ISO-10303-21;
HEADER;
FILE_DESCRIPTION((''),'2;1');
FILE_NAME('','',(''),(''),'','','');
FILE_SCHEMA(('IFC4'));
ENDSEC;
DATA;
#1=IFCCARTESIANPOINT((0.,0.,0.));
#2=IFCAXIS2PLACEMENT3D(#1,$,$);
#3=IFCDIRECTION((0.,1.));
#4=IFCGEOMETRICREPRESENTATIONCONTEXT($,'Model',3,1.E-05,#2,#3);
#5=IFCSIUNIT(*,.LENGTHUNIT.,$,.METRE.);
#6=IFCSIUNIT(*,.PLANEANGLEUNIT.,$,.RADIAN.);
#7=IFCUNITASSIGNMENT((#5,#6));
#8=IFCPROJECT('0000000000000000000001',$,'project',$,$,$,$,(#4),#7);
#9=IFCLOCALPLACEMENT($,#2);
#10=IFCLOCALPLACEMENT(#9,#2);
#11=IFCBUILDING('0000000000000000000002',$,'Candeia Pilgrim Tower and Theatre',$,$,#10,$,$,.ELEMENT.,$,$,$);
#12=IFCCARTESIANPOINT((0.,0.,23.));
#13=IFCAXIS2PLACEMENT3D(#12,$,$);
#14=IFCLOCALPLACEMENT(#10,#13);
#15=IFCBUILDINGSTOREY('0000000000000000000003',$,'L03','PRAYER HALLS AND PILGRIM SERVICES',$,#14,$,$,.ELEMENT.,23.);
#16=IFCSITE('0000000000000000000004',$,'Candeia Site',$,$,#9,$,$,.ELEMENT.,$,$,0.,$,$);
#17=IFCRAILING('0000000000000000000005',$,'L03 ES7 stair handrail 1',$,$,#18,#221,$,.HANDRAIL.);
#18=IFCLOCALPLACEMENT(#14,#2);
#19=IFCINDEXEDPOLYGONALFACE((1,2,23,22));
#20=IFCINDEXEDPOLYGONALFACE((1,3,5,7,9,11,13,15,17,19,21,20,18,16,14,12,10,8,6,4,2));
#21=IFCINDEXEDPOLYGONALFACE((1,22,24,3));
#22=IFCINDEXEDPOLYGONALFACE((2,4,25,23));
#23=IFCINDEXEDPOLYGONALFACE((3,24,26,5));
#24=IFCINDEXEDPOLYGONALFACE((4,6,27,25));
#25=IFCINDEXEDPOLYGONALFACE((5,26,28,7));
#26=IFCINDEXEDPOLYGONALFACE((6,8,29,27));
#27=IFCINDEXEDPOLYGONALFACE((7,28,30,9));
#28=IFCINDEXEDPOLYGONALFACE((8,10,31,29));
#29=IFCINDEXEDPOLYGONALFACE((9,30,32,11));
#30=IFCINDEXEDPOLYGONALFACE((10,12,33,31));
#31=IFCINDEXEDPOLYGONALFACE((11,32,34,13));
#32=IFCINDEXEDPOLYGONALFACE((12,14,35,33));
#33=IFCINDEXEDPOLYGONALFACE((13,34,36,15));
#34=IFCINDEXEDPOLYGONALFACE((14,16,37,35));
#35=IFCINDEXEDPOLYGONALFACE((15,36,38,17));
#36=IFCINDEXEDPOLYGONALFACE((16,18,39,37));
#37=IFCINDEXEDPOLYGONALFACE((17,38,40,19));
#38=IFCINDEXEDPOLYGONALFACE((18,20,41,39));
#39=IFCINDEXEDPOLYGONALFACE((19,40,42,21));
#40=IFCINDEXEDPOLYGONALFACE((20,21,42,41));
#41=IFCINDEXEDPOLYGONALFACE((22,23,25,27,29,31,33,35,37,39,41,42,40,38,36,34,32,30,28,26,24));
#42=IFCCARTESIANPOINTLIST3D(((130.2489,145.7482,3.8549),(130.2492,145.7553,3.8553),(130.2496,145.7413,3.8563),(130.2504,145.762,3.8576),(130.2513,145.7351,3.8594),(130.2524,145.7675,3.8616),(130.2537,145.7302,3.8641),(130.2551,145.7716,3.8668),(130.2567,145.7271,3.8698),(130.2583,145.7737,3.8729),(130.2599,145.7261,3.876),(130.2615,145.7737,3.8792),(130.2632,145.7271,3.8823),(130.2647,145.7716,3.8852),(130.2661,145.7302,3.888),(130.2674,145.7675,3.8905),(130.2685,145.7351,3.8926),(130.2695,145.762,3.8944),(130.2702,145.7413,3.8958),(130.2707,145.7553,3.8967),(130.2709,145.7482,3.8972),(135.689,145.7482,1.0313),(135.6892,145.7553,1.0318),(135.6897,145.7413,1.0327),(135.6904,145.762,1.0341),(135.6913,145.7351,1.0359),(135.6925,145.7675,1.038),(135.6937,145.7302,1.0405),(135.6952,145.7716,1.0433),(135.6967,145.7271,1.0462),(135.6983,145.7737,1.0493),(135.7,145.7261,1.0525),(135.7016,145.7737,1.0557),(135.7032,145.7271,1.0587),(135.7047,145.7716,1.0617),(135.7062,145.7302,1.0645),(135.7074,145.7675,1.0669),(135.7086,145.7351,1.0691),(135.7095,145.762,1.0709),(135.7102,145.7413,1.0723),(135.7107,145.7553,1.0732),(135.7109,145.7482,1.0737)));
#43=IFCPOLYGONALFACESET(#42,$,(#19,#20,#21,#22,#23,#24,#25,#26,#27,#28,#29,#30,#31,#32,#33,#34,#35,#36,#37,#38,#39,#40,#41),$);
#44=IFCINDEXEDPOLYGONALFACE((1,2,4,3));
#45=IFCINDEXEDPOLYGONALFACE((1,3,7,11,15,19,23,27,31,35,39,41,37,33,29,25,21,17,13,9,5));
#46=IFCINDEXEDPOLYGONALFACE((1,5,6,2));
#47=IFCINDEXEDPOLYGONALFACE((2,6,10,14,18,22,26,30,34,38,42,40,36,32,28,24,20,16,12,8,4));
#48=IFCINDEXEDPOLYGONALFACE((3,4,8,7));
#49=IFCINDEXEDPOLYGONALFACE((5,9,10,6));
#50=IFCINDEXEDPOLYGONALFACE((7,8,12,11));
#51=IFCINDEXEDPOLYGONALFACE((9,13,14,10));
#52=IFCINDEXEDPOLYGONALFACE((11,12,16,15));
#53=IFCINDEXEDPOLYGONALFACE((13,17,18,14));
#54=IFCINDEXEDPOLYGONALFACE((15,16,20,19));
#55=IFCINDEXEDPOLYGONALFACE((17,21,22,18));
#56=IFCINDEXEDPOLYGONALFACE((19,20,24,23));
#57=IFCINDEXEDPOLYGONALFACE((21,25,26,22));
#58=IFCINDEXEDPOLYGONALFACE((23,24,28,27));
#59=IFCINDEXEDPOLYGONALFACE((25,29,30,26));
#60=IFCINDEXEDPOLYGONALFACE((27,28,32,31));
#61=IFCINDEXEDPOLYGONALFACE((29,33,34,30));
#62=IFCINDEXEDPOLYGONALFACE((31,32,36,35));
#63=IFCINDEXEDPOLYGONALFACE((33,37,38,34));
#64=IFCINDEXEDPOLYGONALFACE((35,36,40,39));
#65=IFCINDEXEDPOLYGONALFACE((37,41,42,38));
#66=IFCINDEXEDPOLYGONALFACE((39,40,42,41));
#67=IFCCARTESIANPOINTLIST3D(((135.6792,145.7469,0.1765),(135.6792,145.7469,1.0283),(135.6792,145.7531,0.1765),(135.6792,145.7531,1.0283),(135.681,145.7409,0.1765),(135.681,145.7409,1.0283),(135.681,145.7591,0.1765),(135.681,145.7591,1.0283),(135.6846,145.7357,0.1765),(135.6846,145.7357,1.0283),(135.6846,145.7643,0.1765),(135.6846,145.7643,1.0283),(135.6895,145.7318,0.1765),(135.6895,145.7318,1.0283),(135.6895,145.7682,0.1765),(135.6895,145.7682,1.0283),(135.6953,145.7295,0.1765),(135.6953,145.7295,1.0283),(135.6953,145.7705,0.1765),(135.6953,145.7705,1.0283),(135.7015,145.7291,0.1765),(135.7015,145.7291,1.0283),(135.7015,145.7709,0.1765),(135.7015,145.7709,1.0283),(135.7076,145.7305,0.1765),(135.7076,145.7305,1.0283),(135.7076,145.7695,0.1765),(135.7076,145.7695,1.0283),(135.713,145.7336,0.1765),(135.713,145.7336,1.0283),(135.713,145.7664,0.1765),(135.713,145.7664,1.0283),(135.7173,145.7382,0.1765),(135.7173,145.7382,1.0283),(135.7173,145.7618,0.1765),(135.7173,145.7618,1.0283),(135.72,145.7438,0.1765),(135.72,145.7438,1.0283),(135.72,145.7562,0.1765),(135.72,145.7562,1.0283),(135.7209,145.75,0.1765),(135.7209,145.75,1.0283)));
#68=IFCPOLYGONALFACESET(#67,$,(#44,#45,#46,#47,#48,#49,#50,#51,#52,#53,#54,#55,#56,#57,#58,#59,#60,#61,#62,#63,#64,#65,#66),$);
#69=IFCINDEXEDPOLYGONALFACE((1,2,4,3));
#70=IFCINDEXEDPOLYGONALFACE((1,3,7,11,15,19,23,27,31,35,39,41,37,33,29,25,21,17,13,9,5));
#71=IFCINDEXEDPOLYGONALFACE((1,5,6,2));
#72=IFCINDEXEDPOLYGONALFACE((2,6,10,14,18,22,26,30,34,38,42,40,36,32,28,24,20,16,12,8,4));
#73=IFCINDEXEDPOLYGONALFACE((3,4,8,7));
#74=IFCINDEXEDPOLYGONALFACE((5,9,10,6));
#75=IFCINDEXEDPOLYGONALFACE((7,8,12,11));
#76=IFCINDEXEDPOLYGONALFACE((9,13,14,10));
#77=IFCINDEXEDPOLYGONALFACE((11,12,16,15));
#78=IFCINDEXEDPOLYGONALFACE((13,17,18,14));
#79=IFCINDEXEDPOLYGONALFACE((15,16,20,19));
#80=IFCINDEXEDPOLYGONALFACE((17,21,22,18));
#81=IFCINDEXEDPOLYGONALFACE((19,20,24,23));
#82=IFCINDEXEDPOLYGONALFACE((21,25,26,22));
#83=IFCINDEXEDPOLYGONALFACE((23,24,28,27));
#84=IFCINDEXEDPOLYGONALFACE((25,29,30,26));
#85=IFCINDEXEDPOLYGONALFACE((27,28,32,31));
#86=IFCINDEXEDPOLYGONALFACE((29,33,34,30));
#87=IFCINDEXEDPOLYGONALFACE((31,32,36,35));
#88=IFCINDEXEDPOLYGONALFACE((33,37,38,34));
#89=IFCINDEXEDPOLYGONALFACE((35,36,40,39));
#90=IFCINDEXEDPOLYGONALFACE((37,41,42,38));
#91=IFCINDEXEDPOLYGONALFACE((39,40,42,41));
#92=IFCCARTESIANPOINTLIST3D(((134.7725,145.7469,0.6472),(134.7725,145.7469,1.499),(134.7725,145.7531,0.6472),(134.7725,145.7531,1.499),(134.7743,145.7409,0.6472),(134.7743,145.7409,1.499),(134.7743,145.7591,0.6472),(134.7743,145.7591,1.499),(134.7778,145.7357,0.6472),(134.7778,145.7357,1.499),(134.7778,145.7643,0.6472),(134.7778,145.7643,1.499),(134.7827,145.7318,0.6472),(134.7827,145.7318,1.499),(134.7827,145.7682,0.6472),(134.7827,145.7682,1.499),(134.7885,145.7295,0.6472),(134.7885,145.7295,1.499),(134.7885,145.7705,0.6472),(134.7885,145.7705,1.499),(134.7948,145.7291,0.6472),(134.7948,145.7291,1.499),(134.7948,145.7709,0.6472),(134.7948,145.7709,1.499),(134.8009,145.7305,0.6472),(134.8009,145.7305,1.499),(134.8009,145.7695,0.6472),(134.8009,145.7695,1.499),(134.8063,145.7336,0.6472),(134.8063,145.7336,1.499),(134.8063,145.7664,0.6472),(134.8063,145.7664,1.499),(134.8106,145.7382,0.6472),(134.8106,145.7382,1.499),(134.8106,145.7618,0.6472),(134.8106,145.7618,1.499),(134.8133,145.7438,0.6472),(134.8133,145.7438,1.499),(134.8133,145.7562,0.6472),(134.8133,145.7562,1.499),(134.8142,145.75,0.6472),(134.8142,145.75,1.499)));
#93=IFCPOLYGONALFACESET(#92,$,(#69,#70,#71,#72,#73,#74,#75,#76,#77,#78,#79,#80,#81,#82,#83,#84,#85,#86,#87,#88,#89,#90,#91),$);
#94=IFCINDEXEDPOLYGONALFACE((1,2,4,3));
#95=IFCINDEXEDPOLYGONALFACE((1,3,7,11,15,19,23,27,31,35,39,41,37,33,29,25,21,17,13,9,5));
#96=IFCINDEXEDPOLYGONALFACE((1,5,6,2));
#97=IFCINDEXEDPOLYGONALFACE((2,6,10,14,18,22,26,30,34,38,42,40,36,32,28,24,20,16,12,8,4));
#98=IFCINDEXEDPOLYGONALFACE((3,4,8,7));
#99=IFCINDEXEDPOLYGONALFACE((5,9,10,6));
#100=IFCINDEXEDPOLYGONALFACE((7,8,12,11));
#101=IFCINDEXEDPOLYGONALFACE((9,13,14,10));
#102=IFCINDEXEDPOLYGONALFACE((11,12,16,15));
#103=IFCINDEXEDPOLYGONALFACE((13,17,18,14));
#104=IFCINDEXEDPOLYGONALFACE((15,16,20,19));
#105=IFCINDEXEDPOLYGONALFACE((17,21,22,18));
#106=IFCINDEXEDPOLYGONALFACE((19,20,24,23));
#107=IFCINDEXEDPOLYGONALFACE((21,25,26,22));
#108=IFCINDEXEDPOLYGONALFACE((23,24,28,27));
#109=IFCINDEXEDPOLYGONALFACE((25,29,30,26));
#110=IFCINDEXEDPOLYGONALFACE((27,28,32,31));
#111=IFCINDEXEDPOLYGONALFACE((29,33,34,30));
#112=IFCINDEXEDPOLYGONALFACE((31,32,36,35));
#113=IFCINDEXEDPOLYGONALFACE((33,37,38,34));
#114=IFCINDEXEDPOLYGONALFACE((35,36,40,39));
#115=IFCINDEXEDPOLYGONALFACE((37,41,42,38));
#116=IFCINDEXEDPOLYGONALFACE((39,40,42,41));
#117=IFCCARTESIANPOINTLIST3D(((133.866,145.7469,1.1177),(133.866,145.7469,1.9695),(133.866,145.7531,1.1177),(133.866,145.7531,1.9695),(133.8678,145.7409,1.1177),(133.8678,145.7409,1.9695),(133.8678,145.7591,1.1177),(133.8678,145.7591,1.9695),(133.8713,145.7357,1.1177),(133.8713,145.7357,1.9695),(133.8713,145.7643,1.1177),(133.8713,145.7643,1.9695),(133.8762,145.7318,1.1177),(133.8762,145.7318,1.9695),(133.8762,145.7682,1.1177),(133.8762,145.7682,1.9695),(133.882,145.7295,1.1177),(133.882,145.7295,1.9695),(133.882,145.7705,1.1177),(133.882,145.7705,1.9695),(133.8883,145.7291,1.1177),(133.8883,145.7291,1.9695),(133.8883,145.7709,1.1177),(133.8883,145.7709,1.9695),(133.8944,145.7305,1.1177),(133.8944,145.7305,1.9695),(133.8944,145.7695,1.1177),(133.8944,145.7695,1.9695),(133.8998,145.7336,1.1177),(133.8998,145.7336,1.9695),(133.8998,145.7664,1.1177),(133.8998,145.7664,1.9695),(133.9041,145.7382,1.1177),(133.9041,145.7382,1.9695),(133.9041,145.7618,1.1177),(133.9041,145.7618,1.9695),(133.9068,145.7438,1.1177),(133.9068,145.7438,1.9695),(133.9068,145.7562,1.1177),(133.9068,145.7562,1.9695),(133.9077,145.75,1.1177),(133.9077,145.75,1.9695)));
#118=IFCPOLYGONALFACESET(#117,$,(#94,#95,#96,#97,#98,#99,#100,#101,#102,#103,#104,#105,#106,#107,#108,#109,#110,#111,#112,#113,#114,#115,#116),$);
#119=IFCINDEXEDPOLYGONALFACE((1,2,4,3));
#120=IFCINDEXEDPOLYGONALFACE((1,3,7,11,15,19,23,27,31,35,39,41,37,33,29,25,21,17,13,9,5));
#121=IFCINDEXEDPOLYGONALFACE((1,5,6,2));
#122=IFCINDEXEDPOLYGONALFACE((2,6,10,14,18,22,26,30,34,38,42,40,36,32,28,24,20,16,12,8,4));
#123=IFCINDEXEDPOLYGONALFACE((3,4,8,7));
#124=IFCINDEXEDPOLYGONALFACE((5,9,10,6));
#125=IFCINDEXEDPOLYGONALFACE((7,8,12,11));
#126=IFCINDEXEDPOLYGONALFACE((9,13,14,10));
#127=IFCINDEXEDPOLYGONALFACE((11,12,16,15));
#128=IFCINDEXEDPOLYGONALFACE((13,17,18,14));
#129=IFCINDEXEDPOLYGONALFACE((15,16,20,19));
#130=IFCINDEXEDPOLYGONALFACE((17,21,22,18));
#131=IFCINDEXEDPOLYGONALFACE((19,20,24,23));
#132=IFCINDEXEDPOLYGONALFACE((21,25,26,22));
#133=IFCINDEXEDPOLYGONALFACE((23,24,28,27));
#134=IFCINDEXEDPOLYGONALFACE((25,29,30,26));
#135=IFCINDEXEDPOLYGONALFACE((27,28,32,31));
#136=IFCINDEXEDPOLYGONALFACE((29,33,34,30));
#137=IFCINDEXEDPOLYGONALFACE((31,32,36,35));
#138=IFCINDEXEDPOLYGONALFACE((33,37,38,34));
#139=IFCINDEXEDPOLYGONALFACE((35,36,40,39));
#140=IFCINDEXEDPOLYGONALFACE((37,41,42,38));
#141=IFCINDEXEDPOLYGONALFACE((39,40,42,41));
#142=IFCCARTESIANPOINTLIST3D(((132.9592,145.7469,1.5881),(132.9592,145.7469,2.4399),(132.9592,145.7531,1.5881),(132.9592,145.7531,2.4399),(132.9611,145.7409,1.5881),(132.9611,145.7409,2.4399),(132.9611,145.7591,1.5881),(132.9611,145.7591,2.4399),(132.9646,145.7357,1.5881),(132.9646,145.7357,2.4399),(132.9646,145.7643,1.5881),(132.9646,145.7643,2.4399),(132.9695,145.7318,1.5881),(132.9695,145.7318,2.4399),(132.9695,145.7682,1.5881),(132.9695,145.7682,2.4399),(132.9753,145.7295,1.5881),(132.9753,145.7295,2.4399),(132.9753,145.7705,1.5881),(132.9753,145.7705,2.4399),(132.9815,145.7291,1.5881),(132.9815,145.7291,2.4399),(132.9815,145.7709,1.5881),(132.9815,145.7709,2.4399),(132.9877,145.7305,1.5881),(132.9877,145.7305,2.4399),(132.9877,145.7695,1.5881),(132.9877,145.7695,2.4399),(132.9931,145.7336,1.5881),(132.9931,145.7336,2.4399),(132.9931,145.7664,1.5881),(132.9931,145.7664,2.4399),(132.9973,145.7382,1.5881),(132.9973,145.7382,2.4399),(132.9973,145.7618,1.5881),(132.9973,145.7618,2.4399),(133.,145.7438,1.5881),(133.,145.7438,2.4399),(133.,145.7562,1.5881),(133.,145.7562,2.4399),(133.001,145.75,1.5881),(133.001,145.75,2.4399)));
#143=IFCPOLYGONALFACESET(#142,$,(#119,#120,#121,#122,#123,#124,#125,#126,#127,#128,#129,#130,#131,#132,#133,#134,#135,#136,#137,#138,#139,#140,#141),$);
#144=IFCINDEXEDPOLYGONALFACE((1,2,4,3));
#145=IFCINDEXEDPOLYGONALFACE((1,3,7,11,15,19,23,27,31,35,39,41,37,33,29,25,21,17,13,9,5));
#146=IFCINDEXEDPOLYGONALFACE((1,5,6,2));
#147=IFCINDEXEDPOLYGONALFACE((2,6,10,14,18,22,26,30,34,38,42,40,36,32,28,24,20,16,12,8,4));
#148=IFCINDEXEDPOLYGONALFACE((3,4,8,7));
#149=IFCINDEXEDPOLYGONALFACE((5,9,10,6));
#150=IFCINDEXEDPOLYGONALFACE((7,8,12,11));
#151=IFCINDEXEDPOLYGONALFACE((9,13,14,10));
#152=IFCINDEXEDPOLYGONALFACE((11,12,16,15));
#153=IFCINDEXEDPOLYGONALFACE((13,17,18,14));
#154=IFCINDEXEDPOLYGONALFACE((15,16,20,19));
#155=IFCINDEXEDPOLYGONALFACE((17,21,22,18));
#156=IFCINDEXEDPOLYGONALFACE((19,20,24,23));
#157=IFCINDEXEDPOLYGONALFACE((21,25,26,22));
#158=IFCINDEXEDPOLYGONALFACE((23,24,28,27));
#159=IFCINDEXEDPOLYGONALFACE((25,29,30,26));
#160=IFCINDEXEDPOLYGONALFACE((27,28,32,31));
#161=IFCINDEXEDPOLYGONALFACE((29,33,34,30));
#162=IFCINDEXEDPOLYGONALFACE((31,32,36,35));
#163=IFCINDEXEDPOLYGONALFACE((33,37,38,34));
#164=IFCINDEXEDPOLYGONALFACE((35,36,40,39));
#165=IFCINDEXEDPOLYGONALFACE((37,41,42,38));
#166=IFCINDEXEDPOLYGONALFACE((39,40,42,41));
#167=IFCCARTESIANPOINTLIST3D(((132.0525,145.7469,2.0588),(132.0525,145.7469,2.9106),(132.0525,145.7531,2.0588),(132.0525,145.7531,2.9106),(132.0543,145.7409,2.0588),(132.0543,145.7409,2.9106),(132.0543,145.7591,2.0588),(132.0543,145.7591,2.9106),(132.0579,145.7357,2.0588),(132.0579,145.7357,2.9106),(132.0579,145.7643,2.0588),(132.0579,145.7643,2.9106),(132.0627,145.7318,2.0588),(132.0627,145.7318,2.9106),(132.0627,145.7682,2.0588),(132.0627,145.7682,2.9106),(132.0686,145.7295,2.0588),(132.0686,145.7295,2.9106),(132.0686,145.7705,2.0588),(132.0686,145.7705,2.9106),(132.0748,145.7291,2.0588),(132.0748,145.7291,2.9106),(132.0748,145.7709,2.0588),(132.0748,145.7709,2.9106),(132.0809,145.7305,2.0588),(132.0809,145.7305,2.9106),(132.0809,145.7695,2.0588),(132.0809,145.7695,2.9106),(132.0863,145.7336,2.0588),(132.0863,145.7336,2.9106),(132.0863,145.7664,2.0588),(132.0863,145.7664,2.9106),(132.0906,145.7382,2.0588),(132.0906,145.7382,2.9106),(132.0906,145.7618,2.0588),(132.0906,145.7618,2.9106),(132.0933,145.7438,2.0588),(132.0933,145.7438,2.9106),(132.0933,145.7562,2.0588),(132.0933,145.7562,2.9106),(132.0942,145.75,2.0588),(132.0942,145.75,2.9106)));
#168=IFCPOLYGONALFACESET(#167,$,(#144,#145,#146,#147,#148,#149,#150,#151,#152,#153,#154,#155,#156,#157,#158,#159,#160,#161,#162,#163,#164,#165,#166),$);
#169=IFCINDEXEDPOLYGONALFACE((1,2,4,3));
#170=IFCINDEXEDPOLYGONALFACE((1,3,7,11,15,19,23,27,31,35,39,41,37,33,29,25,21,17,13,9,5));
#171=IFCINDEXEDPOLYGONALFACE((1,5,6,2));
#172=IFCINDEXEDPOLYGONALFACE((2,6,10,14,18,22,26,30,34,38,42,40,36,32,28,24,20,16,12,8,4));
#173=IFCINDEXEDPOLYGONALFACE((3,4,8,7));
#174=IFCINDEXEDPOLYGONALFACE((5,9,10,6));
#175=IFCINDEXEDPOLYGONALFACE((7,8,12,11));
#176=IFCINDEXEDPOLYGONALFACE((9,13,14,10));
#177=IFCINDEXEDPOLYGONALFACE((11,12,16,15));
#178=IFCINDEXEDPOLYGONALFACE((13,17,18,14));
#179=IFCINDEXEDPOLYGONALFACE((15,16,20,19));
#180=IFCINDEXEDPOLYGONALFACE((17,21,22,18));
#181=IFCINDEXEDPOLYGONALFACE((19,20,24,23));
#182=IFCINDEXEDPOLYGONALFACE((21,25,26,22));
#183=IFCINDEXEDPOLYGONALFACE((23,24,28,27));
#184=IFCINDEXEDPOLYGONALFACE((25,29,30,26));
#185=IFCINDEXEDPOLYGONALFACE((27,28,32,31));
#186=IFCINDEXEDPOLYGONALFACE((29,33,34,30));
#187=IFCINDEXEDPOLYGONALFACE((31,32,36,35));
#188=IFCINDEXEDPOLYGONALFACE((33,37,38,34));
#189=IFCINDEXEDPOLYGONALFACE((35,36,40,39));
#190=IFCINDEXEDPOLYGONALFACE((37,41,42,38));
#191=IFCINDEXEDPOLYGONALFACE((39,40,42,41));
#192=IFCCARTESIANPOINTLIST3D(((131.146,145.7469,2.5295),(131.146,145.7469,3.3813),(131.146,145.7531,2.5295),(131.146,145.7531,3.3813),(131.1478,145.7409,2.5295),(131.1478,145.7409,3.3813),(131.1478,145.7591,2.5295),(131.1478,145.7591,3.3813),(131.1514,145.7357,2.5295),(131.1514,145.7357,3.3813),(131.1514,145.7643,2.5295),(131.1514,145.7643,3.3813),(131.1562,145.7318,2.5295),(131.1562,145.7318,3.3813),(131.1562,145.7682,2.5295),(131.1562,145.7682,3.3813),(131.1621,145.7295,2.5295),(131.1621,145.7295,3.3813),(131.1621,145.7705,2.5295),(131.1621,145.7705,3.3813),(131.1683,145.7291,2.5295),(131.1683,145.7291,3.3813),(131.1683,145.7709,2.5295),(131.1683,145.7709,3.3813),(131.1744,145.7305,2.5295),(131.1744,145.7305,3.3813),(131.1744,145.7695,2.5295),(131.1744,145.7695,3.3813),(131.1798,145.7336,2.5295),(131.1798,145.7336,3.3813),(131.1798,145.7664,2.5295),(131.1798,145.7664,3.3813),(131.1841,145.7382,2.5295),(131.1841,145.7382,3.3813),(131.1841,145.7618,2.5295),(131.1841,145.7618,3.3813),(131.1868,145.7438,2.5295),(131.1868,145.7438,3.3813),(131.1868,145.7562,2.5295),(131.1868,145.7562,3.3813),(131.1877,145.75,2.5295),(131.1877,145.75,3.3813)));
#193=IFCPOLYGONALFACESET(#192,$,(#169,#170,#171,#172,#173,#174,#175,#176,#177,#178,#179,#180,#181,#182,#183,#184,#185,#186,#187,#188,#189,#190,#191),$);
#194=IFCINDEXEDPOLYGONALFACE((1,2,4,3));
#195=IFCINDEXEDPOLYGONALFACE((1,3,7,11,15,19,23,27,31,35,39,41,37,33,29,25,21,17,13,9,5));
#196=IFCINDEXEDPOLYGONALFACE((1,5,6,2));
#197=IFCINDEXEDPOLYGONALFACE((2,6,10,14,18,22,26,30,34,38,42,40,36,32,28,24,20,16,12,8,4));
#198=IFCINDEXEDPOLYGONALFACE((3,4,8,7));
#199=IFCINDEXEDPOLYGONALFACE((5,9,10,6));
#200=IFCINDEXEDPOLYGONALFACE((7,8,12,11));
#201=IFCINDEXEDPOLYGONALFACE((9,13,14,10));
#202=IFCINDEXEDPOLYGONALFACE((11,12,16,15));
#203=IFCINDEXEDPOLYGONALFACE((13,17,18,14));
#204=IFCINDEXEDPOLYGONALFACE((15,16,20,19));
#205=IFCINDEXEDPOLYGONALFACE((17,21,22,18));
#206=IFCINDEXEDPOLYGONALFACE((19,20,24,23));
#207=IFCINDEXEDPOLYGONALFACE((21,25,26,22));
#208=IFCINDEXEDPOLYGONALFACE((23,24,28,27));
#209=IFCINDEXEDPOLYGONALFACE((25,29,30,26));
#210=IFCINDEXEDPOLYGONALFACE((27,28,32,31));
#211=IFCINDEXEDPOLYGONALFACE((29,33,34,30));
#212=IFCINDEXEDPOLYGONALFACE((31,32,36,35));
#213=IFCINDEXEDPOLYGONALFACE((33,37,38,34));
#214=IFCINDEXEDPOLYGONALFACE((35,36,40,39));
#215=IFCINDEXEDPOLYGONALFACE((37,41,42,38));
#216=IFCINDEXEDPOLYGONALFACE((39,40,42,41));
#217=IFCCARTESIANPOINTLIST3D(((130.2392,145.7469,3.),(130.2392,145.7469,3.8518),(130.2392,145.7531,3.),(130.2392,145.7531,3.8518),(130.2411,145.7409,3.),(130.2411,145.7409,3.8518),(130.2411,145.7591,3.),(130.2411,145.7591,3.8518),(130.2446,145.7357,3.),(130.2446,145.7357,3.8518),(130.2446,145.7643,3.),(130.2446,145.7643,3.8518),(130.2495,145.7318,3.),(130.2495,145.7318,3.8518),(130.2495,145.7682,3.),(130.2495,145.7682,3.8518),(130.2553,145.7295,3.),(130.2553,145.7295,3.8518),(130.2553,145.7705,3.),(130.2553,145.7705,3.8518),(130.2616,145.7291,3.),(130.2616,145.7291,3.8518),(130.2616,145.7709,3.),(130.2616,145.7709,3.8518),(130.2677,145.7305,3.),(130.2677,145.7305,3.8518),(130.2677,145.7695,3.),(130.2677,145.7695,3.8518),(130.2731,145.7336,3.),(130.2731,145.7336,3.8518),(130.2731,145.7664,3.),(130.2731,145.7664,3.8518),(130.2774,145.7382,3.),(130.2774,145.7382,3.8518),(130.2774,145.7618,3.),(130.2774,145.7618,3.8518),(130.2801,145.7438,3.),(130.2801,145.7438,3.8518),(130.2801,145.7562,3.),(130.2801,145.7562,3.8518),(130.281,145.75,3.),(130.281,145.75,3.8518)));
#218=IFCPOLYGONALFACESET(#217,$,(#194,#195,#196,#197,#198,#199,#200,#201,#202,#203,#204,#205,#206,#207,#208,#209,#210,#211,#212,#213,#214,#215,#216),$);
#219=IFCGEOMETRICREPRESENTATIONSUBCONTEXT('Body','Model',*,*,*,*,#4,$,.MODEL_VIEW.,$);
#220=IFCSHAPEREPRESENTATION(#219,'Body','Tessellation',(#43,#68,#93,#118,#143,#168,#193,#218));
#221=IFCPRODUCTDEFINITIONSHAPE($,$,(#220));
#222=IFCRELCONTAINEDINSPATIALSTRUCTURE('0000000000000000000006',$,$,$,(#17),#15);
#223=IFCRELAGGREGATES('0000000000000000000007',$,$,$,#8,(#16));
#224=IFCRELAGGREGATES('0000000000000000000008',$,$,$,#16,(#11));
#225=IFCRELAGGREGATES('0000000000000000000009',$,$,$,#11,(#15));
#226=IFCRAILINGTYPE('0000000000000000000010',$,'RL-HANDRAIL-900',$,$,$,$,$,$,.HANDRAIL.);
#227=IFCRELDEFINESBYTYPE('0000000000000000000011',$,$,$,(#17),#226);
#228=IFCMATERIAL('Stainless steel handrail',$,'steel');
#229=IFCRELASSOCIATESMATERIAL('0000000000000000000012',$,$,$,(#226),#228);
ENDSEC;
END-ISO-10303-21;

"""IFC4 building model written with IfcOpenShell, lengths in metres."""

from ifc_helpers import new_model, si_unit, direction, frame, origin, origin_2d, place, context, subcontext, project, spatial, circle, extrude, material, type_object, element, save


model = new_model("IFC4")

# Units and contexts
model_context = context("Model", 3, precision=1e-05, world=origin(), true_north=direction((0.0, 1.0)))
body_context = subcontext(model_context, "Body", "Model", "MODEL_VIEW")
ifc_project = project(units=[si_unit("LENGTHUNIT", "METRE"), si_unit("PLANEANGLEUNIT", "RADIAN")], contexts=[model_context])

# Site, building, storey
site_placement = place(None, origin())
site = spatial("IfcSite", under=ifc_project, at=site_placement, Name="Candeia Site", CompositionType="ELEMENT", RefElevation=0.0)
building_placement = place(site_placement, origin())
building = spatial("IfcBuilding", under=site, at=building_placement, Name="Candeia Pilgrim Tower and Theatre", CompositionType="ELEMENT")
storey_placement = place(building_placement, frame((0.0, 0.0, 23.0)))
storey = spatial("IfcBuildingStorey", under=building, at=storey_placement, Name="L03", Description="PRAYER HALLS AND PILGRIM SERVICES", CompositionType="ELEMENT", Elevation=23.0)

# Railing
ifc_material_1 = material(Name="Stainless steel handrail", Category="steel")
railing_type_1 = type_object("IfcRailingType", Name="RL-HANDRAIL-900", PredefinedType="HANDRAIL", material=ifc_material_1)
railing_1_placement = place(storey_placement, frame((135.7, 145.75, 0.1765)))
element("IfcRailing", 1, at=railing_1_placement, inside=storey, type_object=railing_type_1, Name="L03 ES7 stair handrail 1", PredefinedType="HANDRAIL", context=body_context, shape_type="SweptSolid", body=[
    extrude(circle(Radius=0.0239, at=origin_2d()), frame((0.0, 0.0, 0.876), z_axis=(-0.887569, 0.0, 0.460674), x_axis=(0.0, -1.0, 0.0)), (0.0, 0.0, 1.0), 6.1292),
    extrude(circle(Radius=0.021, at=origin_2d()), origin(), (0.0, 0.0, 1.0), 0.8518),
    extrude(circle(Radius=0.021, at=origin_2d()), frame((-0.9067, 0.0, 0.4707)), (0.0, 0.0, 1.0), 0.8518),
    extrude(circle(Radius=0.021, at=origin_2d()), frame((-1.8132, 0.0, 0.9412)), (0.0, 0.0, 1.0), 0.8518),
    extrude(circle(Radius=0.021, at=origin_2d()), frame((-2.72, 0.0, 1.4116)), (0.0, 0.0, 1.0), 0.8518),
    extrude(circle(Radius=0.021, at=origin_2d()), frame((-3.6267, 0.0, 1.8823)), (0.0, 0.0, 1.0), 0.8518),
    extrude(circle(Radius=0.021, at=origin_2d()), frame((-4.5332, 0.0, 2.353)), (0.0, 0.0, 1.0), 0.8518),
    extrude(circle(Radius=0.021, at=origin_2d()), frame((-5.4399, 0.0, 2.8235)), (0.0, 0.0, 1.0), 0.8518),
])

save(model, "model.ifc")
